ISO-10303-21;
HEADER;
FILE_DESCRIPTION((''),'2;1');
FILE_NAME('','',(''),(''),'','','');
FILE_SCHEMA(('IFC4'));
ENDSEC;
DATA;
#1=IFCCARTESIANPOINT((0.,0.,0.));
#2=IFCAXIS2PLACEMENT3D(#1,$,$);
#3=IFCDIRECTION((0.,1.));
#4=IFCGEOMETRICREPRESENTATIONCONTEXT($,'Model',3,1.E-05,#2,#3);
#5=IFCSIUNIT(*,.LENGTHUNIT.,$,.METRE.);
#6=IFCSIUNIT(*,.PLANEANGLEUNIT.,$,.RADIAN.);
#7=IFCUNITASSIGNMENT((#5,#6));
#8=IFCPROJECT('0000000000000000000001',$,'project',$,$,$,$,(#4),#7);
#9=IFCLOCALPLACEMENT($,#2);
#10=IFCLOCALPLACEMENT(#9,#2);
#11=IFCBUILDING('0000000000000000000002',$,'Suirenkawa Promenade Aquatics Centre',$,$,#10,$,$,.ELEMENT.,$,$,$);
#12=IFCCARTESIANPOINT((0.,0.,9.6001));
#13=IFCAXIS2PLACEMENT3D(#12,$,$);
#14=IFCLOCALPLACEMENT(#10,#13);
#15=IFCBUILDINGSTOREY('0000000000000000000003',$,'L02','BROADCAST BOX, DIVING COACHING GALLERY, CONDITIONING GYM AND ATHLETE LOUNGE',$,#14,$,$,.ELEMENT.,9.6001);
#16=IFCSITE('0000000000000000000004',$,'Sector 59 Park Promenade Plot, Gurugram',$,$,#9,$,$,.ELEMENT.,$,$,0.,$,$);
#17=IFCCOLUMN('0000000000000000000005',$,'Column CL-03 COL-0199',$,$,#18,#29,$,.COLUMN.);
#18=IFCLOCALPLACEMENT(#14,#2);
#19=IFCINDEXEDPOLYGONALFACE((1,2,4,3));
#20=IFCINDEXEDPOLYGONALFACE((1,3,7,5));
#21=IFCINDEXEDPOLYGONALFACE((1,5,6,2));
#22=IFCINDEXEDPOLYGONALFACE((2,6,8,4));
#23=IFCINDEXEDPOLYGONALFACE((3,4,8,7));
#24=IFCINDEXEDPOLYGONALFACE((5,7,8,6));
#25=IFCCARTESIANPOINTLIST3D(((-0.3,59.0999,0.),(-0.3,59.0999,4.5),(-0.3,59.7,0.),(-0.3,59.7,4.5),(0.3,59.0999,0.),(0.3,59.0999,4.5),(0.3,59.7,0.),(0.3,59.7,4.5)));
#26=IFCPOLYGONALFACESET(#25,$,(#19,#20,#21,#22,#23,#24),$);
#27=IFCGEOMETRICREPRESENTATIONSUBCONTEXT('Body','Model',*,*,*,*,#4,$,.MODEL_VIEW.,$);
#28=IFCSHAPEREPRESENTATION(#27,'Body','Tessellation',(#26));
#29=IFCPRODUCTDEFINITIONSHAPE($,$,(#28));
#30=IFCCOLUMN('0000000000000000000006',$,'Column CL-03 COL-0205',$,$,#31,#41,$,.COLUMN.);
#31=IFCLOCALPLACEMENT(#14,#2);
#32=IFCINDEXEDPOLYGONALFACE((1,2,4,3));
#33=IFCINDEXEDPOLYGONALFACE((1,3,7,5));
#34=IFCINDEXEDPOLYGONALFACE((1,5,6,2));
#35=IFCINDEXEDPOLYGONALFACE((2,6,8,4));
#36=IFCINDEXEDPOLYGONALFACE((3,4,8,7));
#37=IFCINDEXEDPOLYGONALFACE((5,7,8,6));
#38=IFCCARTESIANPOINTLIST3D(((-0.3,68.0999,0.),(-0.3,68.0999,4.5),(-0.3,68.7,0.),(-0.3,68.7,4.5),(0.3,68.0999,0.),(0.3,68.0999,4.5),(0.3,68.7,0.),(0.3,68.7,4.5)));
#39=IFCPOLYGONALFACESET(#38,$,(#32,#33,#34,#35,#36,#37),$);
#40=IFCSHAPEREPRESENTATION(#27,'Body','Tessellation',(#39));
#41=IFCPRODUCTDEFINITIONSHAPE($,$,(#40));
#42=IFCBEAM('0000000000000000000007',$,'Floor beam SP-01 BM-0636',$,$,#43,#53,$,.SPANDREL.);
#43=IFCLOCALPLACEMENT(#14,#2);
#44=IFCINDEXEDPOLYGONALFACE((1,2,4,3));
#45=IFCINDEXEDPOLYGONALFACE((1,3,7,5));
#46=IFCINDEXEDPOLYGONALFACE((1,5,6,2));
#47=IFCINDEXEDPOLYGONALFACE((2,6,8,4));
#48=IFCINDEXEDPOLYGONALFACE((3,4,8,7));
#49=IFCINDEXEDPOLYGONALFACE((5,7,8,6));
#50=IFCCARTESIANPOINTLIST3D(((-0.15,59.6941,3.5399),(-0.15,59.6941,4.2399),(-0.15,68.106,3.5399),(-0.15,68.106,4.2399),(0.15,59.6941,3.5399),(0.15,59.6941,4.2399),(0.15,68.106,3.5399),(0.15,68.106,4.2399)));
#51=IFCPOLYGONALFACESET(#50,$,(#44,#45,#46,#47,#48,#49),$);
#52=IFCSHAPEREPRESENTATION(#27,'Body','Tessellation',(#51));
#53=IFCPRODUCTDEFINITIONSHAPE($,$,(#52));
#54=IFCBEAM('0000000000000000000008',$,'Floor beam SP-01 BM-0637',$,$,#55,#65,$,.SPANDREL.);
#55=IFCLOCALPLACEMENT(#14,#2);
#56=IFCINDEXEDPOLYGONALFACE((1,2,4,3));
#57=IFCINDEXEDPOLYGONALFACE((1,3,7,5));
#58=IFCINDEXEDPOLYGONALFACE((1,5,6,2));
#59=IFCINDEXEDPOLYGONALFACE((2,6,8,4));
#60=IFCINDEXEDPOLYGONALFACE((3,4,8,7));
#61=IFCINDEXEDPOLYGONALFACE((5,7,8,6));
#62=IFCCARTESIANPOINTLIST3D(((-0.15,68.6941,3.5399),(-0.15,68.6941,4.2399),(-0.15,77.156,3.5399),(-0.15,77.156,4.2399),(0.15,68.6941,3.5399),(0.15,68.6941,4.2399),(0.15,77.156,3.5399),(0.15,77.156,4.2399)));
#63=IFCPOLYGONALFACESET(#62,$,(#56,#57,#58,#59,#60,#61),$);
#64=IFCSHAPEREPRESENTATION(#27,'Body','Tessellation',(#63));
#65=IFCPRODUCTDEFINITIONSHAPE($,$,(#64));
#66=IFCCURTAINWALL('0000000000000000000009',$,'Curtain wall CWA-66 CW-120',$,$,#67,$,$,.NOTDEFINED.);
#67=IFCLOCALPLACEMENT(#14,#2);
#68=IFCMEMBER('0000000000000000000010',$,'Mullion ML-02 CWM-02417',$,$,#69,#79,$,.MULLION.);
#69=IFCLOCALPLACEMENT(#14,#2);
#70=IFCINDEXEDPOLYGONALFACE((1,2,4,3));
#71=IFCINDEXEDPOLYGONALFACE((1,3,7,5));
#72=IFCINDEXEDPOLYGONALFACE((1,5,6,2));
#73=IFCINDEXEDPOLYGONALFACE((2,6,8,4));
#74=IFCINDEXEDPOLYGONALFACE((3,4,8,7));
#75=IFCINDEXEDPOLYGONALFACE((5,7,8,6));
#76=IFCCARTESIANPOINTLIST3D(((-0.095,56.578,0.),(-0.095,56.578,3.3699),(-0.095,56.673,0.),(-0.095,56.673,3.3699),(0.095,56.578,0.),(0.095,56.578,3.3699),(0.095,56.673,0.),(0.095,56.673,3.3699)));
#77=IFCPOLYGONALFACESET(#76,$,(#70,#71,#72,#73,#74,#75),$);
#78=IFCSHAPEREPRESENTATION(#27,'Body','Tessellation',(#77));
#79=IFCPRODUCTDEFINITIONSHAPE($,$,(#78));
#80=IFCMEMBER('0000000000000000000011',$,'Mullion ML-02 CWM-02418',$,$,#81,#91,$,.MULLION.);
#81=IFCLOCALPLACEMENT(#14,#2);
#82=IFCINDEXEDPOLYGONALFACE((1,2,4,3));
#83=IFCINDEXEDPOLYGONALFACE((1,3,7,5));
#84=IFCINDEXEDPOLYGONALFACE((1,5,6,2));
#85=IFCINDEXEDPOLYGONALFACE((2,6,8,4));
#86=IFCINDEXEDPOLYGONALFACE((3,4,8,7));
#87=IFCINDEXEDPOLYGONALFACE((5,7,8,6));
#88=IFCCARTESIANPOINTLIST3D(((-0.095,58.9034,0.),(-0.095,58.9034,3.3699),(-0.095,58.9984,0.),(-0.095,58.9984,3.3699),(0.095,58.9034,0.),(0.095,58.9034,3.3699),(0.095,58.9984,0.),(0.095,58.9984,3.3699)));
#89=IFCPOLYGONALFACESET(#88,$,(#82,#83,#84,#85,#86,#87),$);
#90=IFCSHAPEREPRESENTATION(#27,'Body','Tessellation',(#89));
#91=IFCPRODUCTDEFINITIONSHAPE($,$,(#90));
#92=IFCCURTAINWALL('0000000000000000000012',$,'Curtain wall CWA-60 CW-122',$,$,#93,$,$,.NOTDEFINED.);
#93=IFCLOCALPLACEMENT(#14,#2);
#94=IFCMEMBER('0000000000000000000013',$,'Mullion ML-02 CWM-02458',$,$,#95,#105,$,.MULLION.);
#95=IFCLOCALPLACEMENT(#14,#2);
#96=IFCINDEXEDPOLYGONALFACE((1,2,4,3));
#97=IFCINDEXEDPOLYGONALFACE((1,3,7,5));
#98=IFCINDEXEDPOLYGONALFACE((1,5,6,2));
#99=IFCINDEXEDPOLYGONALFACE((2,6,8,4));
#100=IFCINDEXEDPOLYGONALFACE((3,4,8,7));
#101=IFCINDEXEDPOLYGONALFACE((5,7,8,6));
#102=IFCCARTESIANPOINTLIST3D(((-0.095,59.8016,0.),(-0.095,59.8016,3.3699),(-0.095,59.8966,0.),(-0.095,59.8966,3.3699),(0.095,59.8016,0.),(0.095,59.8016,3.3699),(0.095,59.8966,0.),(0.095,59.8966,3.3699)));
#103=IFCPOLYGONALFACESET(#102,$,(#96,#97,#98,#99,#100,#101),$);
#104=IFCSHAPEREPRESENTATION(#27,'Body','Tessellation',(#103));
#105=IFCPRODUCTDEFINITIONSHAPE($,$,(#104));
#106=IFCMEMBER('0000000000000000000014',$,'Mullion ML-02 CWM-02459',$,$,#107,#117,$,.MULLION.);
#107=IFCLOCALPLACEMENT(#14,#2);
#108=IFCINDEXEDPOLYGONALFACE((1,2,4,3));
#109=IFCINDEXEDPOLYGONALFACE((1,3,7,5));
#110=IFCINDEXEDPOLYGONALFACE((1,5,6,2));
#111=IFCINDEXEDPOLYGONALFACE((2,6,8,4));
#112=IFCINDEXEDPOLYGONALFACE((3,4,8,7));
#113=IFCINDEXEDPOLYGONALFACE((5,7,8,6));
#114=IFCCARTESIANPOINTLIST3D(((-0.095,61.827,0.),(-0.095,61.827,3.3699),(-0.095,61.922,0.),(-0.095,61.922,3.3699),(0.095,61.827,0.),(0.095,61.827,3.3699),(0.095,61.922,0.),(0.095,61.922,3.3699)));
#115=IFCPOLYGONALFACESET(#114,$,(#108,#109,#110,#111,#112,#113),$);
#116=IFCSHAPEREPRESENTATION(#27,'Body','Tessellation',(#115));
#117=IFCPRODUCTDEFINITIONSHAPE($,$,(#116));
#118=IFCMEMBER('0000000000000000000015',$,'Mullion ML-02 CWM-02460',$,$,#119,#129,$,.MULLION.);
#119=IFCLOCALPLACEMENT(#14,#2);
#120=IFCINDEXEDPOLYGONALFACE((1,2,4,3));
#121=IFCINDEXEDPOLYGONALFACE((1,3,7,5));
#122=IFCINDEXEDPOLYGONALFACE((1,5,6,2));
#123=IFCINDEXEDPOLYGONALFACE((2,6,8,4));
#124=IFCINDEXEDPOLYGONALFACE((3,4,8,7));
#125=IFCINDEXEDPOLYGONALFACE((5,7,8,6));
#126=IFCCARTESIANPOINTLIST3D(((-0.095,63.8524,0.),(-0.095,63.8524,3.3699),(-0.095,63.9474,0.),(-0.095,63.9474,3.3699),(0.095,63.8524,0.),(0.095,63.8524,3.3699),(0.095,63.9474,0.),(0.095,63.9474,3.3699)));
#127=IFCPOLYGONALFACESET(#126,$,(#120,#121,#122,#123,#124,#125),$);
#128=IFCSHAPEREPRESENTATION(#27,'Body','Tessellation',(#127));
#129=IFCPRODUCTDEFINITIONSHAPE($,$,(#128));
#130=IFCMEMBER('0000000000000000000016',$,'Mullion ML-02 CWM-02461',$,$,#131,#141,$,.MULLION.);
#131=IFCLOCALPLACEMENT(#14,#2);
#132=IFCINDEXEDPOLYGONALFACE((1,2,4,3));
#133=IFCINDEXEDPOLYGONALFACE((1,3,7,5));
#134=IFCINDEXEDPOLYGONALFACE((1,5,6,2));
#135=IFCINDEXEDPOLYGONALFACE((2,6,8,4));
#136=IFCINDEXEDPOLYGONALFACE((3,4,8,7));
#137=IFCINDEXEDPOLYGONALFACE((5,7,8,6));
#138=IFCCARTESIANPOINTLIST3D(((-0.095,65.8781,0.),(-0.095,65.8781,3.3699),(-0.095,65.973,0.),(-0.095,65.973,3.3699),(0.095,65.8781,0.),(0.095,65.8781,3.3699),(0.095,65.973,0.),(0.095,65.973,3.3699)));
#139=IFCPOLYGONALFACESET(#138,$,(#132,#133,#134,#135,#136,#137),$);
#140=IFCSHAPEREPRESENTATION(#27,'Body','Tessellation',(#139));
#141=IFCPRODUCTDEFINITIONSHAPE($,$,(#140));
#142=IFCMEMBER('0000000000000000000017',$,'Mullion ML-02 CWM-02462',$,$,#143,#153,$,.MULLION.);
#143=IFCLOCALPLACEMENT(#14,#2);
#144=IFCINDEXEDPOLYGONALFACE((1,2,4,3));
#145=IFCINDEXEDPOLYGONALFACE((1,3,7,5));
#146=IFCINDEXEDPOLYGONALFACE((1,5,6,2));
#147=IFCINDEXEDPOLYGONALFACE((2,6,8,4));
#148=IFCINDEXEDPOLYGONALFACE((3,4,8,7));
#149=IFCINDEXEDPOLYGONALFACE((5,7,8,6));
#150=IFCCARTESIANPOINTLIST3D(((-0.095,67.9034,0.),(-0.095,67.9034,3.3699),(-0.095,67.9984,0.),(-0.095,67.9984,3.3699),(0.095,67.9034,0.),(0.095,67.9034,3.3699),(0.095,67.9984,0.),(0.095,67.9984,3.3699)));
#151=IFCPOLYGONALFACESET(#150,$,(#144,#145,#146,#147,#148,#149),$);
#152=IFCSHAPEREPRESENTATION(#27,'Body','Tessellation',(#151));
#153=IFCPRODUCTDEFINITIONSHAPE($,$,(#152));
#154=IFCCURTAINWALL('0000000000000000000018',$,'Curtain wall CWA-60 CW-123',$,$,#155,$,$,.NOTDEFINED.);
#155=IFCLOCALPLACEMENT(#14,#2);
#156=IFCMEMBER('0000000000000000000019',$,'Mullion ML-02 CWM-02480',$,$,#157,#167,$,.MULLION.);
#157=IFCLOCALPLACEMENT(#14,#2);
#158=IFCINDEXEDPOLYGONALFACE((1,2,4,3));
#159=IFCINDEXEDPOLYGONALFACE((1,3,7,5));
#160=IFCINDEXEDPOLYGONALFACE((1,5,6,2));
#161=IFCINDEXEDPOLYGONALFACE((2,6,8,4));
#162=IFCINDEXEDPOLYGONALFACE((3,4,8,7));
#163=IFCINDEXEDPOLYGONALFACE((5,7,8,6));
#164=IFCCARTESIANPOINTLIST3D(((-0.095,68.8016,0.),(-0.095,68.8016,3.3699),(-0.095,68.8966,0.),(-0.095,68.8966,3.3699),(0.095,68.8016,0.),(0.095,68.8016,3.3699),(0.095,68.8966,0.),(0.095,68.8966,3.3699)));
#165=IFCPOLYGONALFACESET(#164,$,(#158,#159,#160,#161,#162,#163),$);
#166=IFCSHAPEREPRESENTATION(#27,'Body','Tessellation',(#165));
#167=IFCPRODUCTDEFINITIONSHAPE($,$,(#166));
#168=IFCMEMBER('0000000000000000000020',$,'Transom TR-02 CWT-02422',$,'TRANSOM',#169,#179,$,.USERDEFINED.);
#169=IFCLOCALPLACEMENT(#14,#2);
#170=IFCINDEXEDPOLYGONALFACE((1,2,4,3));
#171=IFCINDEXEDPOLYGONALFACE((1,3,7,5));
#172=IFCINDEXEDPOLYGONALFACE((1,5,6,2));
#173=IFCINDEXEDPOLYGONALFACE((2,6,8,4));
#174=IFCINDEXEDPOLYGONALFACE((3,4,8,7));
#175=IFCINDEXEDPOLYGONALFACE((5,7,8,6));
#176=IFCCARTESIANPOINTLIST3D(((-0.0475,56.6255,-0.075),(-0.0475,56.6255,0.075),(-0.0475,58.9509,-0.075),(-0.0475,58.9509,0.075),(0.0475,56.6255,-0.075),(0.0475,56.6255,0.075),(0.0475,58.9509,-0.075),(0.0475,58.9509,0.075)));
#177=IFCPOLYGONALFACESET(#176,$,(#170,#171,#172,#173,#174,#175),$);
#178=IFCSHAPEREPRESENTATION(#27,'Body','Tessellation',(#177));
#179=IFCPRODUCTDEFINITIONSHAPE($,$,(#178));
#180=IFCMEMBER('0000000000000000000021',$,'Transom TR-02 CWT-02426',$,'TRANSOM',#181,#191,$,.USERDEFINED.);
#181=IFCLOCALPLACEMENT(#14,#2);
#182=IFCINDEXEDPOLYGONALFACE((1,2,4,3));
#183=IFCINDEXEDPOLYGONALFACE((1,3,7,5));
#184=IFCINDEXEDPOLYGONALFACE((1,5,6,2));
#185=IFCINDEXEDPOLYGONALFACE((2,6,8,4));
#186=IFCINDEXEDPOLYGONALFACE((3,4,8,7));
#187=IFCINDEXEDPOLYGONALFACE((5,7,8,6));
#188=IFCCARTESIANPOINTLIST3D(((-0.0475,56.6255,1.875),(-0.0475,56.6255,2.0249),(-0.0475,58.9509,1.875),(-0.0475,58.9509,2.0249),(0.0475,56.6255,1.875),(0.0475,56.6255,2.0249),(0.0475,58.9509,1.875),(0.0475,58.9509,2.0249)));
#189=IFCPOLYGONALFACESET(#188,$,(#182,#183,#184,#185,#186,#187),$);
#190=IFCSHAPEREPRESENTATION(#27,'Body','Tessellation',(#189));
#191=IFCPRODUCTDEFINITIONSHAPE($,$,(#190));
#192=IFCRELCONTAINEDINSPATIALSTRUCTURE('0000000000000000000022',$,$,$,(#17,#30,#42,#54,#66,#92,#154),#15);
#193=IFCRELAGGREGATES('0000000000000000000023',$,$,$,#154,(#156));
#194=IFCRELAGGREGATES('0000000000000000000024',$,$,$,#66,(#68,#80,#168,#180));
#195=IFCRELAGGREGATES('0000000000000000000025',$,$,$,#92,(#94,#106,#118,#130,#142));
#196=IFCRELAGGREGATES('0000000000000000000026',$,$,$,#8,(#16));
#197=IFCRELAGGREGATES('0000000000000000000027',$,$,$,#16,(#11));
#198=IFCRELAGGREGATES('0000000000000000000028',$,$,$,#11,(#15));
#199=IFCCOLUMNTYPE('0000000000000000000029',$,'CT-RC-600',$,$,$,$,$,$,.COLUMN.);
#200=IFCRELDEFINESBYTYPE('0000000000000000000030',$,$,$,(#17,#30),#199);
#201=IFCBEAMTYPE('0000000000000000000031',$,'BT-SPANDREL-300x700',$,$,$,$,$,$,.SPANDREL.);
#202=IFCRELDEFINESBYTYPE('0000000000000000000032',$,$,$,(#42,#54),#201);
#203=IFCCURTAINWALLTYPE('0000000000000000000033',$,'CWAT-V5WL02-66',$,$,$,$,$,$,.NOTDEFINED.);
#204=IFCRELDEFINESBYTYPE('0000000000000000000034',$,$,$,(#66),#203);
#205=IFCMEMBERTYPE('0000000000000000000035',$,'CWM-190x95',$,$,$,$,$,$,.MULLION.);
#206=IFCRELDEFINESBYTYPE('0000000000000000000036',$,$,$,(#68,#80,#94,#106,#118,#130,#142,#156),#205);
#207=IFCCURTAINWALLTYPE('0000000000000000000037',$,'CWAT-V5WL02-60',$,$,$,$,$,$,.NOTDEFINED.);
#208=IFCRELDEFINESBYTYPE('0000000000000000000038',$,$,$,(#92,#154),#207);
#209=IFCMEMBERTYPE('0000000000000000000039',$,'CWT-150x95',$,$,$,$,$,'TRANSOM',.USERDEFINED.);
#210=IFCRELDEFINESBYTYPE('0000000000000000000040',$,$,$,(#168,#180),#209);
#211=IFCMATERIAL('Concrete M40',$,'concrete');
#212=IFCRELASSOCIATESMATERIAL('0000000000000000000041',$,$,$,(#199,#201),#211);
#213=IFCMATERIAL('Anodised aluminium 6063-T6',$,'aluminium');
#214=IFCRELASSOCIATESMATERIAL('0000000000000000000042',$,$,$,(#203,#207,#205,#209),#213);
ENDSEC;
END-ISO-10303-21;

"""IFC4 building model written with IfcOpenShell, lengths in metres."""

from ifc_helpers import new_model, si_unit, direction, frame, origin, origin_2d, place, context, subcontext, project, spatial, rectangle, extrude, material, material_profile, profile_set, type_object, element, aggregate, save


model = new_model("IFC4")

# Units and contexts
model_context = context("Model", 3, precision=1e-05, world=origin(), true_north=direction((0.0, 1.0)))
body_context = subcontext(model_context, "Body", "Model", "MODEL_VIEW")
ifc_project = project(units=[si_unit("LENGTHUNIT", "METRE"), si_unit("PLANEANGLEUNIT", "RADIAN")], contexts=[model_context])

# Site, building, storey
site_placement = place(None, origin())
site = spatial("IfcSite", under=ifc_project, at=site_placement, Name="Sector 59 Park Promenade Plot, Gurugram", CompositionType="ELEMENT", RefElevation=0.0)
building_placement = place(site_placement, origin())
building = spatial("IfcBuilding", under=site, at=building_placement, Name="Suirenkawa Promenade Aquatics Centre", CompositionType="ELEMENT")
storey_placement = place(building_placement, frame((0.0, 0.0, 9.6001)))
storey = spatial("IfcBuildingStorey", under=building, at=storey_placement, Name="L02", Description="BROADCAST BOX, DIVING COACHING GALLERY, CONDITIONING GYM AND ATHLETE LOUNGE", CompositionType="ELEMENT", Elevation=9.6001)

# Columns
ifc_material_1 = material(Name="Concrete M40", Category="concrete")
ifc_material_profile_1 = material_profile(ifc_material_1, rectangle(XDim=0.6001, YDim=0.6001, at=origin_2d()), Name="RC COL 600x600", Category="concrete")
ifc_profile_set_1 = profile_set([ifc_material_profile_1], Name="Concrete M40")
column_type = type_object("IfcColumnType", Name="CT-RC-600", PredefinedType="COLUMN", material=ifc_profile_set_1)
for number, where, z_axis, x_axis, name in (
    (1, (0.0, 59.3999, 0.0), (0.0, 0.0, 1.0), (1.0, 0.0, 0.0), "Column CL-03 COL-0199"),
    (2, (0.0, 68.3999, 0.0), (0.0, 0.0, 1.0), (1.0, 0.0, 0.0), "Column CL-03 COL-0205"),
):
    element("IfcColumn", number, at=place(storey_placement, frame(where, z_axis=z_axis, x_axis=x_axis)), inside=storey, type_object=column_type, Name=name, PredefinedType="COLUMN", context=body_context, shape_type="SweptSolid", body=[
        extrude(rectangle(XDim=0.6001, YDim=0.6001, at=origin_2d()), origin(), (0.0, 0.0, 1.0), 4.5),
    ])

# Beams
ifc_material_profile_2 = material_profile(ifc_material_1, rectangle(XDim=0.3, YDim=0.7, at=origin_2d()), Name="RC SPANDREL 300x700", Category="concrete")
ifc_profile_set_2 = profile_set([ifc_material_profile_2], Name="Concrete M40")
beam_type = type_object("IfcBeamType", Name="BT-SPANDREL-300x700", PredefinedType="SPANDREL", material=ifc_profile_set_2)
beam_1_placement = place(storey_placement, frame((0.0, 59.6941, 3.8899), z_axis=(0.0, 1.0, 0.0), x_axis=(-1.0, 0.0, 0.0)))
element("IfcBeam", 3, at=beam_1_placement, inside=storey, type_object=beam_type, Name="Floor beam SP-01 BM-0636", PredefinedType="SPANDREL", context=body_context, shape_type="SweptSolid", body=[
    extrude(rectangle(XDim=0.3, YDim=0.7, at=origin_2d()), origin(), (0.0, 0.0, 1.0), 8.4119),
])
beam_2_placement = place(storey_placement, frame((0.0, 68.6941, 3.8899), z_axis=(0.0, 1.0, 0.0), x_axis=(-1.0, 0.0, 0.0)))
element("IfcBeam", 4, at=beam_2_placement, inside=storey, type_object=beam_type, Name="Floor beam SP-01 BM-0637", PredefinedType="SPANDREL", context=body_context, shape_type="SweptSolid", body=[
    extrude(rectangle(XDim=0.3, YDim=0.7, at=origin_2d()), origin(), (0.0, 0.0, 1.0), 8.4619),
])

# Curtain walls, members
ifc_material_2 = material(Name="Anodised aluminium 6063-T6", Category="aluminium")
curtain_wall_type_1 = type_object("IfcCurtainWallType", Name="CWAT-V5WL02-66", PredefinedType="NOTDEFINED", material=ifc_material_2)
curtain_wall_1_placement = place(storey_placement, origin())
curtain_wall_1 = element("IfcCurtainWall", 5, at=curtain_wall_1_placement, inside=storey, type_object=curtain_wall_type_1, Name="Curtain wall CWA-66 CW-120", PredefinedType="NOTDEFINED")
ifc_material_profile_3 = material_profile(ifc_material_2, rectangle(XDim=0.095, YDim=0.1899, at=origin_2d()), Name="ALU MULL 95x190", Category="aluminium")
ifc_profile_set_3 = profile_set([ifc_material_profile_3], Name="Anodised aluminium 6063-T6")
member_type_1 = type_object("IfcMemberType", Name="CWM-190x95", PredefinedType="MULLION", material=ifc_profile_set_3)
member_1_placement = place(storey_placement, frame((0.0, 56.6255, 0.0), z_axis=(0.0, 0.0, 1.0), x_axis=(0.0, 1.0, 0.0)))
member_1 = element("IfcMember", 6, at=member_1_placement, type_object=member_type_1, Name="Mullion ML-02 CWM-02417", PredefinedType="MULLION", context=body_context, shape_type="SweptSolid", body=[
    extrude(rectangle(XDim=0.095, YDim=0.1899, at=origin_2d()), origin(), (0.0, 0.0, 1.0), 3.3699),
])
member_2_placement = place(storey_placement, frame((0.0, 58.9509, 0.0), z_axis=(0.0, 0.0, 1.0), x_axis=(0.0, 1.0, 0.0)))
member_2 = element("IfcMember", 7, at=member_2_placement, type_object=member_type_1, Name="Mullion ML-02 CWM-02418", PredefinedType="MULLION", context=body_context, shape_type="SweptSolid", body=[
    extrude(rectangle(XDim=0.095, YDim=0.1899, at=origin_2d()), origin(), (0.0, 0.0, 1.0), 3.3699),
])
curtain_wall_type_2 = type_object("IfcCurtainWallType", Name="CWAT-V5WL02-60", PredefinedType="NOTDEFINED", material=ifc_material_2)
curtain_wall_2_placement = place(storey_placement, origin())
curtain_wall_2 = element("IfcCurtainWall", 8, at=curtain_wall_2_placement, inside=storey, type_object=curtain_wall_type_2, Name="Curtain wall CWA-60 CW-122", PredefinedType="NOTDEFINED")
member_3_placement = place(storey_placement, frame((0.0, 59.8491, 0.0), z_axis=(0.0, 0.0, 1.0), x_axis=(0.0, 1.0, 0.0)))
member_3 = element("IfcMember", 9, at=member_3_placement, type_object=member_type_1, Name="Mullion ML-02 CWM-02458", PredefinedType="MULLION", context=body_context, shape_type="SweptSolid", body=[
    extrude(rectangle(XDim=0.095, YDim=0.1899, at=origin_2d()), origin(), (0.0, 0.0, 1.0), 3.3699),
])
member_4_placement = place(storey_placement, frame((0.0, 61.8745, 0.0), z_axis=(0.0, 0.0, 1.0), x_axis=(0.0, 1.0, 0.0)))
member_4 = element("IfcMember", 10, at=member_4_placement, type_object=member_type_1, Name="Mullion ML-02 CWM-02459", PredefinedType="MULLION", context=body_context, shape_type="SweptSolid", body=[
    extrude(rectangle(XDim=0.095, YDim=0.1899, at=origin_2d()), origin(), (0.0, 0.0, 1.0), 3.3699),
])
member_5_placement = place(storey_placement, frame((0.0, 63.8999, 0.0), z_axis=(0.0, 0.0, 1.0), x_axis=(0.0, 1.0, 0.0)))
member_5 = element("IfcMember", 11, at=member_5_placement, type_object=member_type_1, Name="Mullion ML-02 CWM-02460", PredefinedType="MULLION", context=body_context, shape_type="SweptSolid", body=[
    extrude(rectangle(XDim=0.095, YDim=0.1899, at=origin_2d()), origin(), (0.0, 0.0, 1.0), 3.3699),
])
member_6_placement = place(storey_placement, frame((0.0, 65.9255, 0.0), z_axis=(0.0, 0.0, 1.0), x_axis=(0.0, 1.0, 0.0)))
member_6 = element("IfcMember", 12, at=member_6_placement, type_object=member_type_1, Name="Mullion ML-02 CWM-02461", PredefinedType="MULLION", context=body_context, shape_type="SweptSolid", body=[
    extrude(rectangle(XDim=0.095, YDim=0.1899, at=origin_2d()), origin(), (0.0, 0.0, 1.0), 3.3699),
])
member_7_placement = place(storey_placement, frame((0.0, 67.9509, 0.0), z_axis=(0.0, 0.0, 1.0), x_axis=(0.0, 1.0, 0.0)))
member_7 = element("IfcMember", 13, at=member_7_placement, type_object=member_type_1, Name="Mullion ML-02 CWM-02462", PredefinedType="MULLION", context=body_context, shape_type="SweptSolid", body=[
    extrude(rectangle(XDim=0.095, YDim=0.1899, at=origin_2d()), origin(), (0.0, 0.0, 1.0), 3.3699),
])

# Curtain wall, member
curtain_wall_3_placement = place(storey_placement, origin())
curtain_wall_3 = element("IfcCurtainWall", 14, at=curtain_wall_3_placement, inside=storey, type_object=curtain_wall_type_2, Name="Curtain wall CWA-60 CW-123", PredefinedType="NOTDEFINED")
member_8_placement = place(storey_placement, frame((0.0, 68.8491, 0.0), z_axis=(0.0, 0.0, 1.0), x_axis=(0.0, 1.0, 0.0)))
member_8 = element("IfcMember", 15, at=member_8_placement, type_object=member_type_1, Name="Mullion ML-02 CWM-02480", PredefinedType="MULLION", context=body_context, shape_type="SweptSolid", body=[
    extrude(rectangle(XDim=0.095, YDim=0.1899, at=origin_2d()), origin(), (0.0, 0.0, 1.0), 3.3699),
])
aggregate(curtain_wall_3, [member_8])

# Members
ifc_material_profile_4 = material_profile(ifc_material_2, rectangle(XDim=0.095, YDim=0.1499, at=origin_2d()), Name="ALU TRAN 95x150", Category="aluminium")
ifc_profile_set_4 = profile_set([ifc_material_profile_4], Name="Anodised aluminium 6063-T6")
member_type_2 = type_object("IfcMemberType", Name="CWT-150x95", ElementType="TRANSOM", PredefinedType="USERDEFINED", material=ifc_profile_set_4)
member_9_placement = place(storey_placement, frame((0.0, 56.6255, 0.0), z_axis=(0.0, 1.0, 0.0), x_axis=(-1.0, 0.0, 0.0)))
member_9 = element("IfcMember", 16, at=member_9_placement, type_object=member_type_2, Name="Transom TR-02 CWT-02422", ObjectType="TRANSOM", PredefinedType="USERDEFINED", context=body_context, shape_type="SweptSolid", body=[
    extrude(rectangle(XDim=0.095, YDim=0.1499, at=origin_2d()), origin(), (0.0, 0.0, 1.0), 2.3254),
])
member_10_placement = place(storey_placement, frame((0.0, 56.6255, 1.95), z_axis=(0.0, 1.0, 0.0), x_axis=(-1.0, 0.0, 0.0)))
member_10 = element("IfcMember", 17, at=member_10_placement, type_object=member_type_2, Name="Transom TR-02 CWT-02426", ObjectType="TRANSOM", PredefinedType="USERDEFINED", context=body_context, shape_type="SweptSolid", body=[
    extrude(rectangle(XDim=0.095, YDim=0.1499, at=origin_2d()), origin(), (0.0, 0.0, 1.0), 2.3254),
])

aggregate(curtain_wall_1, [member_1, member_2, member_9, member_10])
aggregate(curtain_wall_2, [member_3, member_4, member_5, member_6, member_7])

save(model, "model.ifc")
